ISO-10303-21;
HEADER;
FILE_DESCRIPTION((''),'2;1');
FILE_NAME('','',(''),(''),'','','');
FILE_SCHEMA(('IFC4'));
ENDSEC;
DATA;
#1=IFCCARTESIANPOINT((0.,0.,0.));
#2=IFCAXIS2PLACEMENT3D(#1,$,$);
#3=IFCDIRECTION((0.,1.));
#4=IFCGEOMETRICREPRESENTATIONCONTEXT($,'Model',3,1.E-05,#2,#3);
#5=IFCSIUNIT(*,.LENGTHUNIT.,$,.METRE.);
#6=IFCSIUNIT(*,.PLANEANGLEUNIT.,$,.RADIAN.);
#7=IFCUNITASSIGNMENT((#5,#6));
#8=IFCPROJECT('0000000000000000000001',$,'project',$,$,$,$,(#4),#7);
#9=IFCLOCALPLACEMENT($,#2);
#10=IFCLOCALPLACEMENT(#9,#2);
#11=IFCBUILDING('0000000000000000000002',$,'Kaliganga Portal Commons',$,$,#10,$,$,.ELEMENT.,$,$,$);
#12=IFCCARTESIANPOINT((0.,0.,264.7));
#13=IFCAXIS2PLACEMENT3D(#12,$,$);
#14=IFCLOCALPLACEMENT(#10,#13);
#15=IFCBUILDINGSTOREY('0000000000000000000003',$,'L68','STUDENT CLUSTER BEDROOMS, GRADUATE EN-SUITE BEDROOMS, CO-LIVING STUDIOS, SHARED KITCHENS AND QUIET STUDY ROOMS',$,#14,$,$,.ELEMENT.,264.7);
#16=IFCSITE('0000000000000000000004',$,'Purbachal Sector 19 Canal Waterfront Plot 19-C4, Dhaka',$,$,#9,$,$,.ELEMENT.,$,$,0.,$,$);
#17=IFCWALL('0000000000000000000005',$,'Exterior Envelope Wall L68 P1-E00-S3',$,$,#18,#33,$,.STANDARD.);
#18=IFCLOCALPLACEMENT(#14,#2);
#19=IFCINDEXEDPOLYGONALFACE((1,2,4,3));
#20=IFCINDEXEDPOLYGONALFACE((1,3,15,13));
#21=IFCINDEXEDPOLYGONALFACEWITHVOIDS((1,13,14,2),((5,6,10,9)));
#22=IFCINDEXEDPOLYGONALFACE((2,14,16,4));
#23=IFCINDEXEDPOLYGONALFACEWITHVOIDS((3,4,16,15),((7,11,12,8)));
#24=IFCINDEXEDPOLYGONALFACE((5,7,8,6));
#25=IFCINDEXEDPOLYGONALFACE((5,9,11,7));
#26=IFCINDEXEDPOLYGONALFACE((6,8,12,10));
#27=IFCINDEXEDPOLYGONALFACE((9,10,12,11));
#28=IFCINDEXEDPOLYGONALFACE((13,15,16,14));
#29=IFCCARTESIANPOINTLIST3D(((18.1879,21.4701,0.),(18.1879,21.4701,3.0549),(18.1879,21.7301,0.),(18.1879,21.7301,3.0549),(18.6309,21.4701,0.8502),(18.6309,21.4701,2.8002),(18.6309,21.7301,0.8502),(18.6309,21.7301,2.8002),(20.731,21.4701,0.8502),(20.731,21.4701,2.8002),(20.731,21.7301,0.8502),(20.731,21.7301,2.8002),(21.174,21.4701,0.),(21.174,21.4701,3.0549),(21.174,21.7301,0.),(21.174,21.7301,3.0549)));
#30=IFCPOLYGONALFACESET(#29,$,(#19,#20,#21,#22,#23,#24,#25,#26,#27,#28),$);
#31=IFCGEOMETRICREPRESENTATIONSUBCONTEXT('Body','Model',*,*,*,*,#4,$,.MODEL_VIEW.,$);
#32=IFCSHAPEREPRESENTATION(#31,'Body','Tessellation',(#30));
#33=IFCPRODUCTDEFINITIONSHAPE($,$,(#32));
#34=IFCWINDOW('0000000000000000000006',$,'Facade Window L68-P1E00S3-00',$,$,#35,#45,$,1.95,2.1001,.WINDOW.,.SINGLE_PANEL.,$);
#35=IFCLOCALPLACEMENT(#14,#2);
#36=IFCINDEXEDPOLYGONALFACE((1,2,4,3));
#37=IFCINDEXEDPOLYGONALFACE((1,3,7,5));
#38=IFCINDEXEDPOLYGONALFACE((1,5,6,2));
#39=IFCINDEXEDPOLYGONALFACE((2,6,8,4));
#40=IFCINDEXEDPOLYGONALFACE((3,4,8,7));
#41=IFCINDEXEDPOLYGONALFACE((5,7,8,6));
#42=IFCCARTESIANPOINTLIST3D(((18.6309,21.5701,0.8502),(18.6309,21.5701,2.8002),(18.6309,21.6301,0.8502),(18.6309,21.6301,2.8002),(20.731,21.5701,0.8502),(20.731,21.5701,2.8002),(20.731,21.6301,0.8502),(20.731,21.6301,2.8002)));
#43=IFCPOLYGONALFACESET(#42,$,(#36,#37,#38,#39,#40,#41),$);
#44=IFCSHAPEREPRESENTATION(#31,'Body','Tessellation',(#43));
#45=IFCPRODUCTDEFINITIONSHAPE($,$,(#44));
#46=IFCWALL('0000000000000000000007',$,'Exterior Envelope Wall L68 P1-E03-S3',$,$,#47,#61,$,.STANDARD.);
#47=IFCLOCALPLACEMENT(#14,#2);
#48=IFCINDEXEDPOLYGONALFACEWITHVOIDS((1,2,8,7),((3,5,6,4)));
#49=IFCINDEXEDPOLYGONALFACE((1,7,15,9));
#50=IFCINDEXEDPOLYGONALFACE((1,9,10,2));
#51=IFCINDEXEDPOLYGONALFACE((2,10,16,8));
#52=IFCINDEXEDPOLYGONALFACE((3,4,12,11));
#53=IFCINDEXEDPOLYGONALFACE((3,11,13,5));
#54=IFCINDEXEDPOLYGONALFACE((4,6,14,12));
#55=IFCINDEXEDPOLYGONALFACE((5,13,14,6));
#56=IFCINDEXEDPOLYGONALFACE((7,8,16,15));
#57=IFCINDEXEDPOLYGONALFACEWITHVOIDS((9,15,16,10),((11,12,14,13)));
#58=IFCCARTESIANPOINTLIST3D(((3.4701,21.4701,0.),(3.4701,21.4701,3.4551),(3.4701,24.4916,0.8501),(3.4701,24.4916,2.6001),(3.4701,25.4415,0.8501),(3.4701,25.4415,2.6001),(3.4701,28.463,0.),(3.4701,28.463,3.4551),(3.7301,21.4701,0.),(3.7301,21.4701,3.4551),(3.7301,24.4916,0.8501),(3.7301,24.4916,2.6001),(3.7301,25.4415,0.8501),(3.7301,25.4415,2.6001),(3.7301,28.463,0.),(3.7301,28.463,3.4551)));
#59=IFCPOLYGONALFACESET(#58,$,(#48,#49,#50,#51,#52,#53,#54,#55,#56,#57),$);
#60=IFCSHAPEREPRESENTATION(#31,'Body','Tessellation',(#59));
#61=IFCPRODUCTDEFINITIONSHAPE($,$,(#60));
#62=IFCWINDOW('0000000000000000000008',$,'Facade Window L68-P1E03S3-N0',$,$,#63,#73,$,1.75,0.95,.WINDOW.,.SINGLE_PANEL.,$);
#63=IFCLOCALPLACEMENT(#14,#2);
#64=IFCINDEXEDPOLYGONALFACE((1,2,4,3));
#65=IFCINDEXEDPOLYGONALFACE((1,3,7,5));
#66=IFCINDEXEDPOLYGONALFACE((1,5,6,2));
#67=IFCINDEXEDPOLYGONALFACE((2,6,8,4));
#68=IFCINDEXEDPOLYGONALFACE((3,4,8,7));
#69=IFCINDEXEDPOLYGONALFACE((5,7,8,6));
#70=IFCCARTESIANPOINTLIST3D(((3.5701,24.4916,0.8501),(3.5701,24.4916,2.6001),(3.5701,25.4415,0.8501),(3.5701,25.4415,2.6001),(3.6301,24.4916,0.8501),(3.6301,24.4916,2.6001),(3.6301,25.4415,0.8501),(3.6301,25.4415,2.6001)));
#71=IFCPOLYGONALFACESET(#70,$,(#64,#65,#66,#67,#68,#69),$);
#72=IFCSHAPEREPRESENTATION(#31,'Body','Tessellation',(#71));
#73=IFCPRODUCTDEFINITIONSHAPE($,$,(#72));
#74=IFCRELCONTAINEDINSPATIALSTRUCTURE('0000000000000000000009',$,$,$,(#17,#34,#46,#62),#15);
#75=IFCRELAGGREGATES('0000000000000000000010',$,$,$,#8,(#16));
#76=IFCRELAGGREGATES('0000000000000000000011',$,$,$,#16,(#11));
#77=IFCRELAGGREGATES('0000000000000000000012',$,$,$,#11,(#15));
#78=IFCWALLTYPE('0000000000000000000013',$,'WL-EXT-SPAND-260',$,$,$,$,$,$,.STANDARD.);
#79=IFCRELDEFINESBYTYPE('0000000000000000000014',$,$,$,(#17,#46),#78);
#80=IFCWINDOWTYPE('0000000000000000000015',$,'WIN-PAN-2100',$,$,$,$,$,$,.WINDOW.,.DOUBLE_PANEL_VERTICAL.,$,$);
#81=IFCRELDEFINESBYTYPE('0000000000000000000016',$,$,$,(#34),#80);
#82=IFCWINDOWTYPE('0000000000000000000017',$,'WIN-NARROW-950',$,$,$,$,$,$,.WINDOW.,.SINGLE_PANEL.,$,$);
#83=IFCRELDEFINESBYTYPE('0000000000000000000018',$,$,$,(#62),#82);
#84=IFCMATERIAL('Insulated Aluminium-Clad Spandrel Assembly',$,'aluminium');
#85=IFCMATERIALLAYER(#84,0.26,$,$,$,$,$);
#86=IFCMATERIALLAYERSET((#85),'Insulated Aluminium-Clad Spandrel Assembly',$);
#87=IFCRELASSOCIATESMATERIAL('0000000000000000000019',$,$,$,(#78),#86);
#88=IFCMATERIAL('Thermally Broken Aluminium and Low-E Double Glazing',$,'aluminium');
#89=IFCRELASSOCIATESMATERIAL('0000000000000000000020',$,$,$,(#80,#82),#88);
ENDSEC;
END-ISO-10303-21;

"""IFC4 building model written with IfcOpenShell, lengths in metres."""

from ifc_helpers import new_model, si_unit, direction, frame, frame_2d, origin, place, context, subcontext, project, spatial, rectangle, extrude, material, layer, layer_set, type_object, element, fill, save


model = new_model("IFC4")

# Units and contexts
model_context = context("Model", 3, precision=1e-05, world=origin(), true_north=direction((0.0, 1.0)))
body_context = subcontext(model_context, "Body", "Model", "MODEL_VIEW")
ifc_project = project(units=[si_unit("LENGTHUNIT", "METRE"), si_unit("PLANEANGLEUNIT", "RADIAN")], contexts=[model_context])

# Site, building, storey
site_placement = place(None, origin())
site = spatial("IfcSite", under=ifc_project, at=site_placement, Name="Purbachal Sector 19 Canal Waterfront Plot 19-C4, Dhaka", CompositionType="ELEMENT", RefElevation=0.0)
building_placement = place(site_placement, origin())
building = spatial("IfcBuilding", under=site, at=building_placement, Name="Kaliganga Portal Commons", CompositionType="ELEMENT")
storey_placement = place(building_placement, frame((0.0, 0.0, 264.7)))
storey = spatial("IfcBuildingStorey", under=building, at=storey_placement, Name="L68", Description="STUDENT CLUSTER BEDROOMS, GRADUATE EN-SUITE BEDROOMS, CO-LIVING STUDIOS, SHARED KITCHENS AND QUIET STUDY ROOMS", CompositionType="ELEMENT", Elevation=264.7)

# Shared definitions
ifc_material_1 = material(Name="Insulated Aluminium-Clad Spandrel Assembly", Category="aluminium")
ifc_layer_1 = layer(ifc_material_1, 0.26)
ifc_layer_set_1 = layer_set([ifc_layer_1], Name="Insulated Aluminium-Clad Spandrel Assembly")
wall_type = type_object("IfcWallType", Name="WL-EXT-SPAND-260", PredefinedType="STANDARD", material=ifc_layer_set_1)
ifc_material_2 = material(Name="Thermally Broken Aluminium and Low-E Double Glazing", Category="aluminium")
window_type_1 = type_object("IfcWindowType", Name="WIN-PAN-2100", PartitioningType="DOUBLE_PANEL_VERTICAL", PredefinedType="WINDOW", material=ifc_material_2)

# Walls, openings, windows
window_type_2 = type_object("IfcWindowType", Name="WIN-NARROW-950", PartitioningType="SINGLE_PANEL", PredefinedType="WINDOW", material=ifc_material_2)
wall_1_placement = place(storey_placement, frame((21.1741, 21.6001, 0.0), z_axis=(0.0, 0.0, 1.0), x_axis=(-1.0, 0.0, 0.0)))
wall_1 = element("IfcWall", 1, at=wall_1_placement, inside=storey, type_object=wall_type, Name="Exterior Envelope Wall L68 P1-E00-S3", PredefinedType="STANDARD", context=body_context, shape_type="SweptSolid", body=[
    extrude(rectangle(XDim=2.9861, YDim=0.26, at=frame_2d((1.4932, 0.0))), origin(), (0.0, 0.0, 1.0), 3.0549),
])
opening_1_placement = place(wall_1_placement, frame((0.4431, 0.0, 0.8501)))
opening_1 = element("IfcOpeningElement", 2, at=opening_1_placement, cuts=wall_1, PredefinedType="OPENING", context=body_context, shape_type="SweptSolid", body=[
    extrude(rectangle(XDim=2.1001, YDim=1.95, at=frame_2d((1.05, 0.9751))), frame((0.0, 0.1401, 0.0), z_axis=(0.0, -1.0, 0.0), x_axis=(1.0, 0.0, 0.0)), (0.0, 0.0, 1.0), 0.28),
])
window_1_placement = place(opening_1_placement, origin())
window_1 = element("IfcWindow", 3, at=window_1_placement, inside=storey, type_object=window_type_1, Name="Facade Window L68-P1E00S3-00", OverallHeight=1.95, OverallWidth=2.1001, PartitioningType="SINGLE_PANEL", PredefinedType="WINDOW", context=body_context, shape_type="SweptSolid", body=[
    extrude(rectangle(XDim=2.1001, YDim=1.95, at=frame_2d((1.05, 0.9751))), frame((0.0, 0.03, 0.0), z_axis=(0.0, -1.0, 0.0), x_axis=(1.0, 0.0, 0.0)), (0.0, 0.0, 1.0), 0.0601),
])
fill(opening_1, window_1)
wall_2_placement = place(storey_placement, frame((3.6001, 21.47, 0.0), z_axis=(0.0, 0.0, 1.0), x_axis=(0.0, 1.0, 0.0)))
wall_2 = element("IfcWall", 4, at=wall_2_placement, inside=storey, type_object=wall_type, Name="Exterior Envelope Wall L68 P1-E03-S3", PredefinedType="STANDARD", context=body_context, shape_type="SweptSolid", body=[
    extrude(rectangle(XDim=6.9929, YDim=0.26, at=frame_2d((3.4966, 0.0))), origin(), (0.0, 0.0, 1.0), 3.4551),
])
opening_2_placement = place(wall_2_placement, frame((3.0215, 0.0, 0.8501)))
opening_2 = element("IfcOpeningElement", 5, at=opening_2_placement, cuts=wall_2, PredefinedType="OPENING", context=body_context, shape_type="SweptSolid", body=[
    extrude(rectangle(XDim=0.95, YDim=1.75, at=frame_2d((0.4751, 0.875))), frame((0.0, 0.1401, 0.0), z_axis=(0.0, -1.0, 0.0), x_axis=(1.0, 0.0, 0.0)), (0.0, 0.0, 1.0), 0.28),
])
window_2_placement = place(opening_2_placement, origin())
window_2 = element("IfcWindow", 6, at=window_2_placement, inside=storey, type_object=window_type_2, Name="Facade Window L68-P1E03S3-N0", OverallHeight=1.75, OverallWidth=0.95, PartitioningType="SINGLE_PANEL", PredefinedType="WINDOW", context=body_context, shape_type="SweptSolid", body=[
    extrude(rectangle(XDim=0.95, YDim=1.75, at=frame_2d((0.4751, 0.875))), frame((0.0, 0.03, 0.0), z_axis=(0.0, -1.0, 0.0), x_axis=(1.0, 0.0, 0.0)), (0.0, 0.0, 1.0), 0.0601),
])
fill(opening_2, window_2)

save(model, "model.ifc")
